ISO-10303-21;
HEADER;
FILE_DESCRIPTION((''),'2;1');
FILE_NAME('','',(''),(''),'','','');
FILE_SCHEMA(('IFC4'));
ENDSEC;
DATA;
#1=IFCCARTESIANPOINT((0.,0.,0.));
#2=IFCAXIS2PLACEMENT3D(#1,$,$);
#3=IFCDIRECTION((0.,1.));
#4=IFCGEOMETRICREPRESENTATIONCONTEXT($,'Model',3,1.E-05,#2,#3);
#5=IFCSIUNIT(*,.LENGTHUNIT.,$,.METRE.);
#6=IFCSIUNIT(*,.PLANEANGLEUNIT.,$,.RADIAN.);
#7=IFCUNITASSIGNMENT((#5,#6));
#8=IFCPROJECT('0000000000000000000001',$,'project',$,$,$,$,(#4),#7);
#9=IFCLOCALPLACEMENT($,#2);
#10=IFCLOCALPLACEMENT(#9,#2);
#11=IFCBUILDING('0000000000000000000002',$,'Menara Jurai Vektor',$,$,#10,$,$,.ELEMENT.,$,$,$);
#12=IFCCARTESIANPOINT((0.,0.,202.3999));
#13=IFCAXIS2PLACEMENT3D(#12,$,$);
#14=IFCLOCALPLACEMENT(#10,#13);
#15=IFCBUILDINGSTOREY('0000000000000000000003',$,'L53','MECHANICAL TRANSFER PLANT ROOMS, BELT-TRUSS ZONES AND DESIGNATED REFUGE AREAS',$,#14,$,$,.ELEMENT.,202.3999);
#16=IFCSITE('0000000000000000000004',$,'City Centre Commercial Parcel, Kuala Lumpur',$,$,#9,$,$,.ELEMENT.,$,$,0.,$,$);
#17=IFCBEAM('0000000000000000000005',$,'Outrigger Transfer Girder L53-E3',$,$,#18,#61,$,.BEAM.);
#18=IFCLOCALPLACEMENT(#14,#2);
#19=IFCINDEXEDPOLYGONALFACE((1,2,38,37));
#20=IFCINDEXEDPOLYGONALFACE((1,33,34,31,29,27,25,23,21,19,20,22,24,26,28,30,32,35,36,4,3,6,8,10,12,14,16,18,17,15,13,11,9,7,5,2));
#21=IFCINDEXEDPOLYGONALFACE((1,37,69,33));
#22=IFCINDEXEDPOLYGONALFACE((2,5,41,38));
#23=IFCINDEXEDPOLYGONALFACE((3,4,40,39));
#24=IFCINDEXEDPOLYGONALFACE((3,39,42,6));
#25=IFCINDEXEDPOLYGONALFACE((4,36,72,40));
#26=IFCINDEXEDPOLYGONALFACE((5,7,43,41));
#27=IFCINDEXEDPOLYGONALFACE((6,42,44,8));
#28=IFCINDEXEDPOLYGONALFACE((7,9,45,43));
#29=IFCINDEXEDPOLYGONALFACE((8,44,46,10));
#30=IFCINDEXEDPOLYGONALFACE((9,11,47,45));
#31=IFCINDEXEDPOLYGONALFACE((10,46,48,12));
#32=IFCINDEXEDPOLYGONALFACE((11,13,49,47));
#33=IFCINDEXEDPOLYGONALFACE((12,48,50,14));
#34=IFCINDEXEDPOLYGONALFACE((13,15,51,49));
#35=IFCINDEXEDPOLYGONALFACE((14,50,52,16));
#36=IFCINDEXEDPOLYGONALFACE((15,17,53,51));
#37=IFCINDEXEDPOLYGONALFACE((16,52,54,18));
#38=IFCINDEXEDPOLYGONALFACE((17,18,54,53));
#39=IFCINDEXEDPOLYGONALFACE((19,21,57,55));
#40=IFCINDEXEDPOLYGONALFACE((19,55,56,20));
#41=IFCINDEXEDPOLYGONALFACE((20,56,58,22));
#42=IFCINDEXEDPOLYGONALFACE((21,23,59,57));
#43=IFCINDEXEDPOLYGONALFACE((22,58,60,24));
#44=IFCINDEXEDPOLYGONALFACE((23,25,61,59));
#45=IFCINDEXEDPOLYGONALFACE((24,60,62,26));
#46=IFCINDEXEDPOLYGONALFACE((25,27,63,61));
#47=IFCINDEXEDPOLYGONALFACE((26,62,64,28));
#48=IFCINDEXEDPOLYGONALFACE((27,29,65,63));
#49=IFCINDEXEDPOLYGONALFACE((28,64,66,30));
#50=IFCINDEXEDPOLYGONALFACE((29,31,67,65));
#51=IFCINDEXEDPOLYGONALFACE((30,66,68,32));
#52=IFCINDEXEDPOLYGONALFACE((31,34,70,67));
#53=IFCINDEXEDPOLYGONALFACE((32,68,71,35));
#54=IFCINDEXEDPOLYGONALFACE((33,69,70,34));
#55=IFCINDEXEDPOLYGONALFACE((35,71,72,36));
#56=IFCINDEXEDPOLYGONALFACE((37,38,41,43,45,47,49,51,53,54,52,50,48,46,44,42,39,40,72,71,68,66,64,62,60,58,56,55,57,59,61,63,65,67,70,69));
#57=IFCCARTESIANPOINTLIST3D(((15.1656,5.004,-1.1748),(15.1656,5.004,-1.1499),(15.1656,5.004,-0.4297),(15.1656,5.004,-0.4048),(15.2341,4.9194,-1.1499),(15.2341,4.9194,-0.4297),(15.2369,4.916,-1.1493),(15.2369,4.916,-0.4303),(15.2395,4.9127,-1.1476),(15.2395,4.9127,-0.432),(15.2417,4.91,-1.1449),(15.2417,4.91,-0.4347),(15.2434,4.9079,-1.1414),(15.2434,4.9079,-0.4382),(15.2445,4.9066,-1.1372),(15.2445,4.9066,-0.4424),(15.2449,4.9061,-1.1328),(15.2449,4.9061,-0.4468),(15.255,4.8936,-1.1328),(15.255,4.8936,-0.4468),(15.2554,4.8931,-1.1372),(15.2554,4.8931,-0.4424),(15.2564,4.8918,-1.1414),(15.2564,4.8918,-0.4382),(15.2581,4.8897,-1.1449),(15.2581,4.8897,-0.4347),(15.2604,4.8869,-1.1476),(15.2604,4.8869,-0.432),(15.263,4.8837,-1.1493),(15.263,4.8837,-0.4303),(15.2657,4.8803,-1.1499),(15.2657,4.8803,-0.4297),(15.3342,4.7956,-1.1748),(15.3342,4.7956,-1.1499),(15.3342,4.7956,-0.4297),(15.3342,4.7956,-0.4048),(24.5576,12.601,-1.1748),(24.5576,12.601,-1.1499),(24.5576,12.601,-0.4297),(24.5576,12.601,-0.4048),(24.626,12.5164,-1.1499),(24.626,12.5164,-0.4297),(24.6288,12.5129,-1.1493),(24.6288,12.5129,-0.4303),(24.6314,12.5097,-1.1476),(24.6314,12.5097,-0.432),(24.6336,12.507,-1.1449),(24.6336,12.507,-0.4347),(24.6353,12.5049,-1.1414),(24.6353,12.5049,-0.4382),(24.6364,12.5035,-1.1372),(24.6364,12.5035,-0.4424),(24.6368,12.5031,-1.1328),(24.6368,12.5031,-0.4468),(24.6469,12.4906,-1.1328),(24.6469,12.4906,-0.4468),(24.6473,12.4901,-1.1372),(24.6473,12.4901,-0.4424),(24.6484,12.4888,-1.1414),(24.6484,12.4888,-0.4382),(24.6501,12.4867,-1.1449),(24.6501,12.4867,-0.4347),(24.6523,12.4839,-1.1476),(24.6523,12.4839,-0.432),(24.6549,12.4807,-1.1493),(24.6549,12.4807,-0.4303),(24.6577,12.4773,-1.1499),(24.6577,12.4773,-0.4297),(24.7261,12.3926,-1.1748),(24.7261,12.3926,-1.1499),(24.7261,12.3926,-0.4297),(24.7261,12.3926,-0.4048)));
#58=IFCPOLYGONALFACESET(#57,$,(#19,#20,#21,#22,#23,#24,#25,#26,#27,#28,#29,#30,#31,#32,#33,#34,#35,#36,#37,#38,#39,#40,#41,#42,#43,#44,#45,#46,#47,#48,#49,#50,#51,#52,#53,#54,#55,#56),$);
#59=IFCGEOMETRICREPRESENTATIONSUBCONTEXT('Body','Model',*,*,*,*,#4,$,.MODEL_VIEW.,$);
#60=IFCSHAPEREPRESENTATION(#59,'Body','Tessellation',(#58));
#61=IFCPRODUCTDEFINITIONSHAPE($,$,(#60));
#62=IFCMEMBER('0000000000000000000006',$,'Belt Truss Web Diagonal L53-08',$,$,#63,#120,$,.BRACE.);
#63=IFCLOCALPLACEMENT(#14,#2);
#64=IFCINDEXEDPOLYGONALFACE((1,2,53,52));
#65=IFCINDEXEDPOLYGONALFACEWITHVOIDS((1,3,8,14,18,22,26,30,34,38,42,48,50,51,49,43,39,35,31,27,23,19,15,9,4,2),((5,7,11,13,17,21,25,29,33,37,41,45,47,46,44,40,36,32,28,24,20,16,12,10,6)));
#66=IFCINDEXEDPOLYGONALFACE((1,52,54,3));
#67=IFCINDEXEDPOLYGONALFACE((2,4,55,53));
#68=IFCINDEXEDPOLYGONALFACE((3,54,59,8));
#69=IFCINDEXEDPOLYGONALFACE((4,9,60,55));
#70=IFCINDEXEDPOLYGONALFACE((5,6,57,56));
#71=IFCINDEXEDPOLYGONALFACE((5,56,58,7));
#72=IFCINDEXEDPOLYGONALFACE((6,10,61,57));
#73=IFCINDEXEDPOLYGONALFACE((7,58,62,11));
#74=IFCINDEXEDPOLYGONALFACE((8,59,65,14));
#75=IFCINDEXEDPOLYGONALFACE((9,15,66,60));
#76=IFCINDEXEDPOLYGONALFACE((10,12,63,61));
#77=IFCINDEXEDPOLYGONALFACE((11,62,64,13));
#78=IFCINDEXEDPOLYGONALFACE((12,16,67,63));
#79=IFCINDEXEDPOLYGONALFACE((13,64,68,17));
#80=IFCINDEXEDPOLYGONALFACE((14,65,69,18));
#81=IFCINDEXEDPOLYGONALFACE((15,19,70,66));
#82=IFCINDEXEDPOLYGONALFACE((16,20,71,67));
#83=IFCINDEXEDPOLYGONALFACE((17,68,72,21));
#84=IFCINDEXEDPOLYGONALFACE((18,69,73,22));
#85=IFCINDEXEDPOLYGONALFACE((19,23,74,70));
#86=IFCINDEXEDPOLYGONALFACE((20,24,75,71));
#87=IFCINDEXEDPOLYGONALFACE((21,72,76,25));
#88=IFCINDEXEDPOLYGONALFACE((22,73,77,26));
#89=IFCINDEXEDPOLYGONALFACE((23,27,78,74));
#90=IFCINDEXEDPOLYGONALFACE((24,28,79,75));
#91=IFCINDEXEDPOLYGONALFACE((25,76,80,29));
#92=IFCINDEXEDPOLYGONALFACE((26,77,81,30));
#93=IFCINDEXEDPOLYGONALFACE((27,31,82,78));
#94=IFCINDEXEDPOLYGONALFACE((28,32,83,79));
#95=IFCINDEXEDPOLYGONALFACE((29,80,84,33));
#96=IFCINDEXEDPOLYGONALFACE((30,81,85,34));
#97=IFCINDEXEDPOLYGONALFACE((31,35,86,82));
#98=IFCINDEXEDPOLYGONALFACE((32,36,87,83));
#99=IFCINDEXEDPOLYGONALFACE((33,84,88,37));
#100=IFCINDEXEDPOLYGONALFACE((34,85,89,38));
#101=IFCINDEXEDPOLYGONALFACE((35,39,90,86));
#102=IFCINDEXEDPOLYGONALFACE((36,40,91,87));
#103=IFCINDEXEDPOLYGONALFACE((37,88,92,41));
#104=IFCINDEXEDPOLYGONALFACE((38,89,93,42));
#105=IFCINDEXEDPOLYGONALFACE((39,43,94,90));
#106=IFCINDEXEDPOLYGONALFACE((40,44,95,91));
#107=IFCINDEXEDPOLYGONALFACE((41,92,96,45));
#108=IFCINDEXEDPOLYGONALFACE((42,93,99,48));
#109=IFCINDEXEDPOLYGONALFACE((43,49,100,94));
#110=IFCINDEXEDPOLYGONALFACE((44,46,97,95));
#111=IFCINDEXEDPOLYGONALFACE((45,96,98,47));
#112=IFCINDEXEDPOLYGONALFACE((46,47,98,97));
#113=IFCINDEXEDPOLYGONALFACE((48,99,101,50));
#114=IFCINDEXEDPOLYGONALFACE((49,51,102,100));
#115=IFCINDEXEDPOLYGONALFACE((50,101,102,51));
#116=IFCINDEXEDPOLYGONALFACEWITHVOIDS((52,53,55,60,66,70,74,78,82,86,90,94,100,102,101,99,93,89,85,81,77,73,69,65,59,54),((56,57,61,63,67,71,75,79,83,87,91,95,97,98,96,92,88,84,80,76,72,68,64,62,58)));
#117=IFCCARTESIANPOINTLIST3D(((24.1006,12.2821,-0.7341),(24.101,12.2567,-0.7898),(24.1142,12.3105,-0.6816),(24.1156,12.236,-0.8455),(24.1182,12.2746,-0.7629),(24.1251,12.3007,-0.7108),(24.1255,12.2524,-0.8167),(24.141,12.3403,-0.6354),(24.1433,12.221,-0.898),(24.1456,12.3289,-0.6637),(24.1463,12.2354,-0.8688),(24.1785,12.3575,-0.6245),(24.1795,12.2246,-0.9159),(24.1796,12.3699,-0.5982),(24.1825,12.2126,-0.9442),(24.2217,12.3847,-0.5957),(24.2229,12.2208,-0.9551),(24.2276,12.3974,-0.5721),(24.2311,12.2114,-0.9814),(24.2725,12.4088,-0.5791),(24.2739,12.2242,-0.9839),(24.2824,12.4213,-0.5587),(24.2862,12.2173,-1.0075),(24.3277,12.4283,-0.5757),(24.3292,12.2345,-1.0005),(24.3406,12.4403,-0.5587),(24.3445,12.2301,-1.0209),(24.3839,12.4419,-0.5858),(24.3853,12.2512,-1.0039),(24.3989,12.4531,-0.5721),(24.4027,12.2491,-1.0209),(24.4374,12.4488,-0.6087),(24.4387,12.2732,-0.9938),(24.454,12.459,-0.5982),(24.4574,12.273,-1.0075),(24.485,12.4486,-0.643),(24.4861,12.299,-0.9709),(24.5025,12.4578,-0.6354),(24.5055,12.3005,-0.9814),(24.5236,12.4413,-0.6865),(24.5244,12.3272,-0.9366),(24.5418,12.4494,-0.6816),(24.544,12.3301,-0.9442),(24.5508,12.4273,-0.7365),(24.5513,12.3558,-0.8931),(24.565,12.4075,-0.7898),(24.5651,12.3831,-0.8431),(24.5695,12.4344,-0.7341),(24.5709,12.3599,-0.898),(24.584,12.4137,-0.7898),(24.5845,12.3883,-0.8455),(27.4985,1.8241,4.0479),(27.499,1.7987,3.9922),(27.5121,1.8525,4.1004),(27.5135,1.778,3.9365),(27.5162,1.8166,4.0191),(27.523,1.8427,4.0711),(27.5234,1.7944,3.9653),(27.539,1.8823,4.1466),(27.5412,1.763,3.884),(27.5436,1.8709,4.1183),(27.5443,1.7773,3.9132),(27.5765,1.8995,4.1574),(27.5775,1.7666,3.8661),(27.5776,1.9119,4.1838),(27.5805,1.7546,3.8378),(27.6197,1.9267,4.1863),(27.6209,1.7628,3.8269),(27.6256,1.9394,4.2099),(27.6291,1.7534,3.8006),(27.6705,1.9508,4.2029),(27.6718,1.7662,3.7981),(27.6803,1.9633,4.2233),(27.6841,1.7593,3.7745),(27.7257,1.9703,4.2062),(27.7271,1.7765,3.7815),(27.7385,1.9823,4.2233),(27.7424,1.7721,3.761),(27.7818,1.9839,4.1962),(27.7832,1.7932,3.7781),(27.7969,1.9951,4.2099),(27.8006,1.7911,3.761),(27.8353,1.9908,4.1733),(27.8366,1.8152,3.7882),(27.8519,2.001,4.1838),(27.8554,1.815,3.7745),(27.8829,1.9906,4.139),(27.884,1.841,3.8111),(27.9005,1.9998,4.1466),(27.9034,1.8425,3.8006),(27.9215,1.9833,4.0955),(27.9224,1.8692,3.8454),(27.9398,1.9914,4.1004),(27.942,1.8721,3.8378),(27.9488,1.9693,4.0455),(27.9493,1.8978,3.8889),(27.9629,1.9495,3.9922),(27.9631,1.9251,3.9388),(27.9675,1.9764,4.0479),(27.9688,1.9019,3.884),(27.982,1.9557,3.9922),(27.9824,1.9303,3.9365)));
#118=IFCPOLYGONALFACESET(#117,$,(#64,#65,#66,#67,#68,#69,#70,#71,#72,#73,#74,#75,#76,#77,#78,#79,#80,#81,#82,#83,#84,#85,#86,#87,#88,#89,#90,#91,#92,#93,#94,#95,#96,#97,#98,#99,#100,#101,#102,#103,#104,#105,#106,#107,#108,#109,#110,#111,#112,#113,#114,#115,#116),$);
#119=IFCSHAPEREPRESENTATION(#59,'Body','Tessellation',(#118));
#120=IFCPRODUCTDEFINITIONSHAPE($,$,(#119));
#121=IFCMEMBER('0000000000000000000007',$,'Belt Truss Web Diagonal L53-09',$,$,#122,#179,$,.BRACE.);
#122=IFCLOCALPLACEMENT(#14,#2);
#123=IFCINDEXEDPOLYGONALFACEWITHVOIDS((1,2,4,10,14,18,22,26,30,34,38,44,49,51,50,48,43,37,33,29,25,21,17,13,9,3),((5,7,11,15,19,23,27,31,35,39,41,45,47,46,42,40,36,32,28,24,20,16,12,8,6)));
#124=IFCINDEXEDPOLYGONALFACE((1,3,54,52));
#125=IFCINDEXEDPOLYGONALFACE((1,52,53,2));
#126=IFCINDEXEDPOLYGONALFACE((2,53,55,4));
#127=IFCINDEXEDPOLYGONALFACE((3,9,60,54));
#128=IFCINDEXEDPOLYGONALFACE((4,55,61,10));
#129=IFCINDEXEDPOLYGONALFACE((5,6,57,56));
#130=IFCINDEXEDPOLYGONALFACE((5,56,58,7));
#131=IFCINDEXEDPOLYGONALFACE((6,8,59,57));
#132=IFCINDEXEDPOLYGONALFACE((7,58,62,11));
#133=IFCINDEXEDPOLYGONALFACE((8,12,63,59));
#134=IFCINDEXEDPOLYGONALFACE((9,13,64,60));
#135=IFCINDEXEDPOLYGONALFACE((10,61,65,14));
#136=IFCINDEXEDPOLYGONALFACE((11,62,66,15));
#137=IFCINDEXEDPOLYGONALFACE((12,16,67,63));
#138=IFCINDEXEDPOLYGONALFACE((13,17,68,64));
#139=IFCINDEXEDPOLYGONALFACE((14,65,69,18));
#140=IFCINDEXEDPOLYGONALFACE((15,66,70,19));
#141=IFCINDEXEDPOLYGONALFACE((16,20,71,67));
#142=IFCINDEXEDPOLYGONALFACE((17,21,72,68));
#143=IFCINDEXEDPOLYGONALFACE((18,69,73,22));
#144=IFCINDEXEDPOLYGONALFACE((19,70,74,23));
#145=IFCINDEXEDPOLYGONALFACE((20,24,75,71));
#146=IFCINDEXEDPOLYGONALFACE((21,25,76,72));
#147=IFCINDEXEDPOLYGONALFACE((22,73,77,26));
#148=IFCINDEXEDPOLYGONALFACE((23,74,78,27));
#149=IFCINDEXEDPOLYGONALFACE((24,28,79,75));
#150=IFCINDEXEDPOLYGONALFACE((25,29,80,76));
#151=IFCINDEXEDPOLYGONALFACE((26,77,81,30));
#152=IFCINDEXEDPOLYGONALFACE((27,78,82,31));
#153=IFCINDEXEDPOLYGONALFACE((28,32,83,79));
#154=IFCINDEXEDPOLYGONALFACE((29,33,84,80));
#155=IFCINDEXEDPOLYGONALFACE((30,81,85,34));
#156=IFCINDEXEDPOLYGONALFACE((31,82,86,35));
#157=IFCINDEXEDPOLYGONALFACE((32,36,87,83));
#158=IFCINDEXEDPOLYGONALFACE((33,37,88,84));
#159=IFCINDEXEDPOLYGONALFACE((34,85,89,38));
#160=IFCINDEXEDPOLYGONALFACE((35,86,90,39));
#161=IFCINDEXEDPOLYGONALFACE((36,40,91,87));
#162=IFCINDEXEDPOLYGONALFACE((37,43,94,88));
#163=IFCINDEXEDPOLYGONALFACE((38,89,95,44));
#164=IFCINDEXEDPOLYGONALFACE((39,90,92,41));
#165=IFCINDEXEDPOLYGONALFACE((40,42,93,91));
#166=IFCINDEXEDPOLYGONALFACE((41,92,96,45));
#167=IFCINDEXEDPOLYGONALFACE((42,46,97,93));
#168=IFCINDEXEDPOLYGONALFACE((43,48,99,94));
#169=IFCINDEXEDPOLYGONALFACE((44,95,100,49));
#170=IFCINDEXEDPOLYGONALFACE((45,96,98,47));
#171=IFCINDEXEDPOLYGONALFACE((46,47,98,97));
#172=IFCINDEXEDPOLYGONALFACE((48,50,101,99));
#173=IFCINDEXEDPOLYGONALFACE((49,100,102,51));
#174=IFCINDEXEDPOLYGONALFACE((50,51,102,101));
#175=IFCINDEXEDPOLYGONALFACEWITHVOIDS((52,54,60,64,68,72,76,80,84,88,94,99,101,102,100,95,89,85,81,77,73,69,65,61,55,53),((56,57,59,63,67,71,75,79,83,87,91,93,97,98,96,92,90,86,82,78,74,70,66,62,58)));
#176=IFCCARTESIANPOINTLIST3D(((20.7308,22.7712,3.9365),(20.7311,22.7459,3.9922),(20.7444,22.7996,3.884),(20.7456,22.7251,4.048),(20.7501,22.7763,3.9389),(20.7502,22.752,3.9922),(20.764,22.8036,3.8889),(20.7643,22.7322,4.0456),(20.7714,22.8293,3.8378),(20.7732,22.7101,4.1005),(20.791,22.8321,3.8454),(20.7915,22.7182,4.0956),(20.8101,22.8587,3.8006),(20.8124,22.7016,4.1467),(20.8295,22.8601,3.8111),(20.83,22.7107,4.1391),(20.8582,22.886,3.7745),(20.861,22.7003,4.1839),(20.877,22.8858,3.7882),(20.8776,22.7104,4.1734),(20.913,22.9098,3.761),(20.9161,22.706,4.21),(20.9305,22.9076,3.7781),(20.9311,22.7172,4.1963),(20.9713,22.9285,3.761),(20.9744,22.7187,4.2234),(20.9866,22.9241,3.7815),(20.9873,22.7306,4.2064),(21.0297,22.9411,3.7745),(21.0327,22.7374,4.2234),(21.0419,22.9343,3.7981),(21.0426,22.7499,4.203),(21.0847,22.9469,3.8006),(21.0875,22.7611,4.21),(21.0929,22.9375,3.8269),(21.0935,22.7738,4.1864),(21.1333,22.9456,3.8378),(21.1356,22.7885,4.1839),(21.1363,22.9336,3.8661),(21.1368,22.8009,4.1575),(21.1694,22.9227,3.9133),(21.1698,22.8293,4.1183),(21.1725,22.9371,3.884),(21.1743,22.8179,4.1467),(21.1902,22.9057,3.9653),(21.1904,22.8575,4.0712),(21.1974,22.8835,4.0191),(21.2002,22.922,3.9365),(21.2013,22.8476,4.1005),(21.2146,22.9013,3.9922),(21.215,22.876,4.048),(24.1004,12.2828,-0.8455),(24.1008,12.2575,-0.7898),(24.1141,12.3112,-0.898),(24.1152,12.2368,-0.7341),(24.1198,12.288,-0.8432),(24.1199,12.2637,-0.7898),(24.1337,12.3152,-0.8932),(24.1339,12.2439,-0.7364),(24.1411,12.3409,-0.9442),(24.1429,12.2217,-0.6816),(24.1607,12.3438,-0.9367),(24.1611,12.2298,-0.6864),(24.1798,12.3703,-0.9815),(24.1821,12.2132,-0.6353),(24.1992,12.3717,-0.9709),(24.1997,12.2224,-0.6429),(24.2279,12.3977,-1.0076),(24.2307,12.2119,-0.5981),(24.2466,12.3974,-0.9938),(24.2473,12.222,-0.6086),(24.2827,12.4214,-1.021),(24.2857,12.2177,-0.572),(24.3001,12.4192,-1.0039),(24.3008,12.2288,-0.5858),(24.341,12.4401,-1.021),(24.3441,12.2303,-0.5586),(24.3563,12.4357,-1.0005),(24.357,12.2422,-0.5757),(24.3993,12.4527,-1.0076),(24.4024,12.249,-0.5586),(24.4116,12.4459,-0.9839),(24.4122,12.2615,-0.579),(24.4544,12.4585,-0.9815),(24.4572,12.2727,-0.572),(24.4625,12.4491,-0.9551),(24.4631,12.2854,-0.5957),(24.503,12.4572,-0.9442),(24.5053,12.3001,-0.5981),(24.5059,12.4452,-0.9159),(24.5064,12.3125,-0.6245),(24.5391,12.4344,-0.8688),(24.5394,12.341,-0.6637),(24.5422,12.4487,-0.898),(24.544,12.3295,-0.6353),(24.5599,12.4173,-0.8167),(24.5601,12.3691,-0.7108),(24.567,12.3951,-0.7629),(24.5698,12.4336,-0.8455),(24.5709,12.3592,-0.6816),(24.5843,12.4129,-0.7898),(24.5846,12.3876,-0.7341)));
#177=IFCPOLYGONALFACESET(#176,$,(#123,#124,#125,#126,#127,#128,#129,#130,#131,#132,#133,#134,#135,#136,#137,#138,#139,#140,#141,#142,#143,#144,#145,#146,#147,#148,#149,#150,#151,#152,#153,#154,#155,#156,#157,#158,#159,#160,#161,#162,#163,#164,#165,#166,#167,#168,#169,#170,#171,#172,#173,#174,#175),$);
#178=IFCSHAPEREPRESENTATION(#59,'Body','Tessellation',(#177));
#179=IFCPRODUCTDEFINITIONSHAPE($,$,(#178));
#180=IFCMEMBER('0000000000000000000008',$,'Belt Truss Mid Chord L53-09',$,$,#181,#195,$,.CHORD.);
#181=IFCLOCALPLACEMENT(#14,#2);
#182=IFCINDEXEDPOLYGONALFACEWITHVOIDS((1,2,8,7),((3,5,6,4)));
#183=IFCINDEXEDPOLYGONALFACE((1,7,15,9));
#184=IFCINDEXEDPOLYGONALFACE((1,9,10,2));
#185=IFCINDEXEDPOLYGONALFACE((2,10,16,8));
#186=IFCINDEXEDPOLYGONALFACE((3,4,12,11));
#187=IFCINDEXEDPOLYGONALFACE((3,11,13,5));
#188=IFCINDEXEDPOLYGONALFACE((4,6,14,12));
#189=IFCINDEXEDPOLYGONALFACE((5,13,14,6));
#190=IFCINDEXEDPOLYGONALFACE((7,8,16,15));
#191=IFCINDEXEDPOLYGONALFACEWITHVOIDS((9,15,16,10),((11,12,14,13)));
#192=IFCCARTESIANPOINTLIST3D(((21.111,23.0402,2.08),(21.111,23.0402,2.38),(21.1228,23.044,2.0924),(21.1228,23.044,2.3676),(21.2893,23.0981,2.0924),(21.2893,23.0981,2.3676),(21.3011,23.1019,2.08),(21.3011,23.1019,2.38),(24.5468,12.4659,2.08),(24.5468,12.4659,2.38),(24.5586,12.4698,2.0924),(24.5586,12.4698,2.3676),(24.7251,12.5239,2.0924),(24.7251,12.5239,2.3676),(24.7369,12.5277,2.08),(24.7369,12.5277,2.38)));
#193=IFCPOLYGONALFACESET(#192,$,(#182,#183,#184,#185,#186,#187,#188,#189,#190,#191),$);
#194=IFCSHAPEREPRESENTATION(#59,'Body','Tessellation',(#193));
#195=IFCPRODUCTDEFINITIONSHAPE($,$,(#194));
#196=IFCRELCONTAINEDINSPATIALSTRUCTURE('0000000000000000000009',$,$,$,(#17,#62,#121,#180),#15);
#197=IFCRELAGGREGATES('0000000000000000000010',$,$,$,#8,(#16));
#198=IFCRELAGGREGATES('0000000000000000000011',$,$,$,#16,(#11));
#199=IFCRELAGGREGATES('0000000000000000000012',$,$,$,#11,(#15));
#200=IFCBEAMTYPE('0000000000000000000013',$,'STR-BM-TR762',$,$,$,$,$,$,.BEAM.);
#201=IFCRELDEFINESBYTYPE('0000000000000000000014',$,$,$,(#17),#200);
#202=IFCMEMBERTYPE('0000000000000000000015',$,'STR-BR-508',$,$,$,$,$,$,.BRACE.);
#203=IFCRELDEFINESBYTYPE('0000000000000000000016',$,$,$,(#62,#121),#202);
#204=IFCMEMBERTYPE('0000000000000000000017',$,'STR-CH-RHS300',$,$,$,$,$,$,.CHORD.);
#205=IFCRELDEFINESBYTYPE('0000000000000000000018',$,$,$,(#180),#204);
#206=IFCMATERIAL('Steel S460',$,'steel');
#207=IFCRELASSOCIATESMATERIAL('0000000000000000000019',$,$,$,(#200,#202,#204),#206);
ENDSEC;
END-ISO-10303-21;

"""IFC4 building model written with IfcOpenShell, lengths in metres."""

from ifc_helpers import new_model, si_unit, direction, frame, origin, origin_2d, place, context, subcontext, project, spatial, hollow_rectangle, hollow_circle, i_section, extrude, material, material_profile, profile_set, type_object, element, save


model = new_model("IFC4")

# Units and contexts
model_context = context("Model", 3, precision=1e-05, world=origin(), true_north=direction((0.0, 1.0)))
body_context = subcontext(model_context, "Body", "Model", "MODEL_VIEW")
ifc_project = project(units=[si_unit("LENGTHUNIT", "METRE"), si_unit("PLANEANGLEUNIT", "RADIAN")], contexts=[model_context])

# Site, building, storey
site_placement = place(None, origin())
site = spatial("IfcSite", under=ifc_project, at=site_placement, Name="City Centre Commercial Parcel, Kuala Lumpur", CompositionType="ELEMENT", RefElevation=0.0)
building_placement = place(site_placement, origin())
building = spatial("IfcBuilding", under=site, at=building_placement, Name="Menara Jurai Vektor", CompositionType="ELEMENT")
storey_placement = place(building_placement, frame((0.0, 0.0, 202.3999)))
storey = spatial("IfcBuildingStorey", under=building, at=storey_placement, Name="L53", Description="MECHANICAL TRANSFER PLANT ROOMS, BELT-TRUSS ZONES AND DESIGNATED REFUGE AREAS", CompositionType="ELEMENT", Elevation=202.3999)

# Shared definitions
ifc_material_1 = material(Name="Steel S460", Category="steel")

# Beam
ifc_material_profile_1 = material_profile(ifc_material_1, i_section(OverallWidth=0.2681, OverallDepth=0.77, WebThickness=0.0161, FlangeThickness=0.0249, FilletRadius=0.0171, at=origin_2d()), Name="UKB 762x267x197")
ifc_profile_set_1 = profile_set([ifc_material_profile_1], Name="Steel S460")
beam_type_1 = type_object("IfcBeamType", Name="STR-BM-TR762", PredefinedType="BEAM", material=ifc_profile_set_1)
beam_1_placement = place(storey_placement, frame((24.6418, 12.4968, -0.7898), z_axis=(-0.777488, -0.628898, 0.0), x_axis=(0.628898, -0.777488, 0.0)))
element("IfcBeam", 1, at=beam_1_placement, inside=storey, type_object=beam_type_1, Name="Outrigger Transfer Girder L53-E3", PredefinedType="BEAM", context=body_context, shape_type="SweptSolid", body=[
    extrude(i_section(OverallWidth=0.2681, OverallDepth=0.77, WebThickness=0.0161, FlangeThickness=0.0249, FilletRadius=0.0171, at=origin_2d()), origin(), (0.0, 0.0, 1.0), 12.0798),
])

# Members
ifc_material_profile_2 = material_profile(ifc_material_1, hollow_circle(Radius=0.2539, WallThickness=0.02, at=origin_2d()), Name="CHS 508x20")
ifc_profile_set_2 = profile_set([ifc_material_profile_2], Name="Steel S460")
member_type_1 = type_object("IfcMemberType", Name="STR-BR-508", PredefinedType="BRACE", material=ifc_profile_set_2)
member_1_placement = place(storey_placement, frame((24.3425, 12.3352, -0.7898), z_axis=(0.283376, -0.872157, 0.398799), x_axis=(0.951058, 0.309012, 0.0)))
element("IfcMember", 2, at=member_1_placement, inside=storey, type_object=member_type_1, Name="Belt Truss Web Diagonal L53-08", PredefinedType="BRACE", context=body_context, shape_type="SweptSolid", body=[
    extrude(hollow_circle(Radius=0.2539, WallThickness=0.02, at=origin_2d()), origin(), (0.0, 0.0, 1.0), 11.991),
])
member_2_placement = place(storey_placement, frame((24.3425, 12.3352, -0.7898), z_axis=(-0.280583, 0.873339, 0.398186), x_axis=(-0.952071, -0.305877, 0.0)))
element("IfcMember", 3, at=member_2_placement, inside=storey, type_object=member_type_1, Name="Belt Truss Web Diagonal L53-09", PredefinedType="BRACE", context=body_context, shape_type="SweptSolid", body=[
    extrude(hollow_circle(Radius=0.2539, WallThickness=0.02, at=origin_2d()), origin(), (0.0, 0.0, 1.0), 12.0095),
])
ifc_material_profile_3 = material_profile(ifc_material_1, hollow_rectangle(XDim=0.2, YDim=0.3, WallThickness=0.0125, at=origin_2d()), Name="RHS 300x200x12.5")
ifc_profile_set_3 = profile_set([ifc_material_profile_3], Name="Steel S460")
member_type_2 = type_object("IfcMemberType", Name="STR-CH-RHS300", PredefinedType="CHORD", material=ifc_profile_set_3)
member_3_placement = place(storey_placement, frame((24.6418, 12.4968, 2.23), z_axis=(-0.309019, 0.951056, 0.0), x_axis=(-0.951056, -0.309019, 0.0)))
element("IfcMember", 4, at=member_3_placement, inside=storey, type_object=member_type_2, Name="Belt Truss Mid Chord L53-09", PredefinedType="CHORD", context=body_context, shape_type="SweptSolid", body=[
    extrude(hollow_rectangle(XDim=0.2, YDim=0.3, WallThickness=0.0125, at=origin_2d()), origin(), (0.0, 0.0, 1.0), 11.1184),
])

save(model, "model.ifc")
